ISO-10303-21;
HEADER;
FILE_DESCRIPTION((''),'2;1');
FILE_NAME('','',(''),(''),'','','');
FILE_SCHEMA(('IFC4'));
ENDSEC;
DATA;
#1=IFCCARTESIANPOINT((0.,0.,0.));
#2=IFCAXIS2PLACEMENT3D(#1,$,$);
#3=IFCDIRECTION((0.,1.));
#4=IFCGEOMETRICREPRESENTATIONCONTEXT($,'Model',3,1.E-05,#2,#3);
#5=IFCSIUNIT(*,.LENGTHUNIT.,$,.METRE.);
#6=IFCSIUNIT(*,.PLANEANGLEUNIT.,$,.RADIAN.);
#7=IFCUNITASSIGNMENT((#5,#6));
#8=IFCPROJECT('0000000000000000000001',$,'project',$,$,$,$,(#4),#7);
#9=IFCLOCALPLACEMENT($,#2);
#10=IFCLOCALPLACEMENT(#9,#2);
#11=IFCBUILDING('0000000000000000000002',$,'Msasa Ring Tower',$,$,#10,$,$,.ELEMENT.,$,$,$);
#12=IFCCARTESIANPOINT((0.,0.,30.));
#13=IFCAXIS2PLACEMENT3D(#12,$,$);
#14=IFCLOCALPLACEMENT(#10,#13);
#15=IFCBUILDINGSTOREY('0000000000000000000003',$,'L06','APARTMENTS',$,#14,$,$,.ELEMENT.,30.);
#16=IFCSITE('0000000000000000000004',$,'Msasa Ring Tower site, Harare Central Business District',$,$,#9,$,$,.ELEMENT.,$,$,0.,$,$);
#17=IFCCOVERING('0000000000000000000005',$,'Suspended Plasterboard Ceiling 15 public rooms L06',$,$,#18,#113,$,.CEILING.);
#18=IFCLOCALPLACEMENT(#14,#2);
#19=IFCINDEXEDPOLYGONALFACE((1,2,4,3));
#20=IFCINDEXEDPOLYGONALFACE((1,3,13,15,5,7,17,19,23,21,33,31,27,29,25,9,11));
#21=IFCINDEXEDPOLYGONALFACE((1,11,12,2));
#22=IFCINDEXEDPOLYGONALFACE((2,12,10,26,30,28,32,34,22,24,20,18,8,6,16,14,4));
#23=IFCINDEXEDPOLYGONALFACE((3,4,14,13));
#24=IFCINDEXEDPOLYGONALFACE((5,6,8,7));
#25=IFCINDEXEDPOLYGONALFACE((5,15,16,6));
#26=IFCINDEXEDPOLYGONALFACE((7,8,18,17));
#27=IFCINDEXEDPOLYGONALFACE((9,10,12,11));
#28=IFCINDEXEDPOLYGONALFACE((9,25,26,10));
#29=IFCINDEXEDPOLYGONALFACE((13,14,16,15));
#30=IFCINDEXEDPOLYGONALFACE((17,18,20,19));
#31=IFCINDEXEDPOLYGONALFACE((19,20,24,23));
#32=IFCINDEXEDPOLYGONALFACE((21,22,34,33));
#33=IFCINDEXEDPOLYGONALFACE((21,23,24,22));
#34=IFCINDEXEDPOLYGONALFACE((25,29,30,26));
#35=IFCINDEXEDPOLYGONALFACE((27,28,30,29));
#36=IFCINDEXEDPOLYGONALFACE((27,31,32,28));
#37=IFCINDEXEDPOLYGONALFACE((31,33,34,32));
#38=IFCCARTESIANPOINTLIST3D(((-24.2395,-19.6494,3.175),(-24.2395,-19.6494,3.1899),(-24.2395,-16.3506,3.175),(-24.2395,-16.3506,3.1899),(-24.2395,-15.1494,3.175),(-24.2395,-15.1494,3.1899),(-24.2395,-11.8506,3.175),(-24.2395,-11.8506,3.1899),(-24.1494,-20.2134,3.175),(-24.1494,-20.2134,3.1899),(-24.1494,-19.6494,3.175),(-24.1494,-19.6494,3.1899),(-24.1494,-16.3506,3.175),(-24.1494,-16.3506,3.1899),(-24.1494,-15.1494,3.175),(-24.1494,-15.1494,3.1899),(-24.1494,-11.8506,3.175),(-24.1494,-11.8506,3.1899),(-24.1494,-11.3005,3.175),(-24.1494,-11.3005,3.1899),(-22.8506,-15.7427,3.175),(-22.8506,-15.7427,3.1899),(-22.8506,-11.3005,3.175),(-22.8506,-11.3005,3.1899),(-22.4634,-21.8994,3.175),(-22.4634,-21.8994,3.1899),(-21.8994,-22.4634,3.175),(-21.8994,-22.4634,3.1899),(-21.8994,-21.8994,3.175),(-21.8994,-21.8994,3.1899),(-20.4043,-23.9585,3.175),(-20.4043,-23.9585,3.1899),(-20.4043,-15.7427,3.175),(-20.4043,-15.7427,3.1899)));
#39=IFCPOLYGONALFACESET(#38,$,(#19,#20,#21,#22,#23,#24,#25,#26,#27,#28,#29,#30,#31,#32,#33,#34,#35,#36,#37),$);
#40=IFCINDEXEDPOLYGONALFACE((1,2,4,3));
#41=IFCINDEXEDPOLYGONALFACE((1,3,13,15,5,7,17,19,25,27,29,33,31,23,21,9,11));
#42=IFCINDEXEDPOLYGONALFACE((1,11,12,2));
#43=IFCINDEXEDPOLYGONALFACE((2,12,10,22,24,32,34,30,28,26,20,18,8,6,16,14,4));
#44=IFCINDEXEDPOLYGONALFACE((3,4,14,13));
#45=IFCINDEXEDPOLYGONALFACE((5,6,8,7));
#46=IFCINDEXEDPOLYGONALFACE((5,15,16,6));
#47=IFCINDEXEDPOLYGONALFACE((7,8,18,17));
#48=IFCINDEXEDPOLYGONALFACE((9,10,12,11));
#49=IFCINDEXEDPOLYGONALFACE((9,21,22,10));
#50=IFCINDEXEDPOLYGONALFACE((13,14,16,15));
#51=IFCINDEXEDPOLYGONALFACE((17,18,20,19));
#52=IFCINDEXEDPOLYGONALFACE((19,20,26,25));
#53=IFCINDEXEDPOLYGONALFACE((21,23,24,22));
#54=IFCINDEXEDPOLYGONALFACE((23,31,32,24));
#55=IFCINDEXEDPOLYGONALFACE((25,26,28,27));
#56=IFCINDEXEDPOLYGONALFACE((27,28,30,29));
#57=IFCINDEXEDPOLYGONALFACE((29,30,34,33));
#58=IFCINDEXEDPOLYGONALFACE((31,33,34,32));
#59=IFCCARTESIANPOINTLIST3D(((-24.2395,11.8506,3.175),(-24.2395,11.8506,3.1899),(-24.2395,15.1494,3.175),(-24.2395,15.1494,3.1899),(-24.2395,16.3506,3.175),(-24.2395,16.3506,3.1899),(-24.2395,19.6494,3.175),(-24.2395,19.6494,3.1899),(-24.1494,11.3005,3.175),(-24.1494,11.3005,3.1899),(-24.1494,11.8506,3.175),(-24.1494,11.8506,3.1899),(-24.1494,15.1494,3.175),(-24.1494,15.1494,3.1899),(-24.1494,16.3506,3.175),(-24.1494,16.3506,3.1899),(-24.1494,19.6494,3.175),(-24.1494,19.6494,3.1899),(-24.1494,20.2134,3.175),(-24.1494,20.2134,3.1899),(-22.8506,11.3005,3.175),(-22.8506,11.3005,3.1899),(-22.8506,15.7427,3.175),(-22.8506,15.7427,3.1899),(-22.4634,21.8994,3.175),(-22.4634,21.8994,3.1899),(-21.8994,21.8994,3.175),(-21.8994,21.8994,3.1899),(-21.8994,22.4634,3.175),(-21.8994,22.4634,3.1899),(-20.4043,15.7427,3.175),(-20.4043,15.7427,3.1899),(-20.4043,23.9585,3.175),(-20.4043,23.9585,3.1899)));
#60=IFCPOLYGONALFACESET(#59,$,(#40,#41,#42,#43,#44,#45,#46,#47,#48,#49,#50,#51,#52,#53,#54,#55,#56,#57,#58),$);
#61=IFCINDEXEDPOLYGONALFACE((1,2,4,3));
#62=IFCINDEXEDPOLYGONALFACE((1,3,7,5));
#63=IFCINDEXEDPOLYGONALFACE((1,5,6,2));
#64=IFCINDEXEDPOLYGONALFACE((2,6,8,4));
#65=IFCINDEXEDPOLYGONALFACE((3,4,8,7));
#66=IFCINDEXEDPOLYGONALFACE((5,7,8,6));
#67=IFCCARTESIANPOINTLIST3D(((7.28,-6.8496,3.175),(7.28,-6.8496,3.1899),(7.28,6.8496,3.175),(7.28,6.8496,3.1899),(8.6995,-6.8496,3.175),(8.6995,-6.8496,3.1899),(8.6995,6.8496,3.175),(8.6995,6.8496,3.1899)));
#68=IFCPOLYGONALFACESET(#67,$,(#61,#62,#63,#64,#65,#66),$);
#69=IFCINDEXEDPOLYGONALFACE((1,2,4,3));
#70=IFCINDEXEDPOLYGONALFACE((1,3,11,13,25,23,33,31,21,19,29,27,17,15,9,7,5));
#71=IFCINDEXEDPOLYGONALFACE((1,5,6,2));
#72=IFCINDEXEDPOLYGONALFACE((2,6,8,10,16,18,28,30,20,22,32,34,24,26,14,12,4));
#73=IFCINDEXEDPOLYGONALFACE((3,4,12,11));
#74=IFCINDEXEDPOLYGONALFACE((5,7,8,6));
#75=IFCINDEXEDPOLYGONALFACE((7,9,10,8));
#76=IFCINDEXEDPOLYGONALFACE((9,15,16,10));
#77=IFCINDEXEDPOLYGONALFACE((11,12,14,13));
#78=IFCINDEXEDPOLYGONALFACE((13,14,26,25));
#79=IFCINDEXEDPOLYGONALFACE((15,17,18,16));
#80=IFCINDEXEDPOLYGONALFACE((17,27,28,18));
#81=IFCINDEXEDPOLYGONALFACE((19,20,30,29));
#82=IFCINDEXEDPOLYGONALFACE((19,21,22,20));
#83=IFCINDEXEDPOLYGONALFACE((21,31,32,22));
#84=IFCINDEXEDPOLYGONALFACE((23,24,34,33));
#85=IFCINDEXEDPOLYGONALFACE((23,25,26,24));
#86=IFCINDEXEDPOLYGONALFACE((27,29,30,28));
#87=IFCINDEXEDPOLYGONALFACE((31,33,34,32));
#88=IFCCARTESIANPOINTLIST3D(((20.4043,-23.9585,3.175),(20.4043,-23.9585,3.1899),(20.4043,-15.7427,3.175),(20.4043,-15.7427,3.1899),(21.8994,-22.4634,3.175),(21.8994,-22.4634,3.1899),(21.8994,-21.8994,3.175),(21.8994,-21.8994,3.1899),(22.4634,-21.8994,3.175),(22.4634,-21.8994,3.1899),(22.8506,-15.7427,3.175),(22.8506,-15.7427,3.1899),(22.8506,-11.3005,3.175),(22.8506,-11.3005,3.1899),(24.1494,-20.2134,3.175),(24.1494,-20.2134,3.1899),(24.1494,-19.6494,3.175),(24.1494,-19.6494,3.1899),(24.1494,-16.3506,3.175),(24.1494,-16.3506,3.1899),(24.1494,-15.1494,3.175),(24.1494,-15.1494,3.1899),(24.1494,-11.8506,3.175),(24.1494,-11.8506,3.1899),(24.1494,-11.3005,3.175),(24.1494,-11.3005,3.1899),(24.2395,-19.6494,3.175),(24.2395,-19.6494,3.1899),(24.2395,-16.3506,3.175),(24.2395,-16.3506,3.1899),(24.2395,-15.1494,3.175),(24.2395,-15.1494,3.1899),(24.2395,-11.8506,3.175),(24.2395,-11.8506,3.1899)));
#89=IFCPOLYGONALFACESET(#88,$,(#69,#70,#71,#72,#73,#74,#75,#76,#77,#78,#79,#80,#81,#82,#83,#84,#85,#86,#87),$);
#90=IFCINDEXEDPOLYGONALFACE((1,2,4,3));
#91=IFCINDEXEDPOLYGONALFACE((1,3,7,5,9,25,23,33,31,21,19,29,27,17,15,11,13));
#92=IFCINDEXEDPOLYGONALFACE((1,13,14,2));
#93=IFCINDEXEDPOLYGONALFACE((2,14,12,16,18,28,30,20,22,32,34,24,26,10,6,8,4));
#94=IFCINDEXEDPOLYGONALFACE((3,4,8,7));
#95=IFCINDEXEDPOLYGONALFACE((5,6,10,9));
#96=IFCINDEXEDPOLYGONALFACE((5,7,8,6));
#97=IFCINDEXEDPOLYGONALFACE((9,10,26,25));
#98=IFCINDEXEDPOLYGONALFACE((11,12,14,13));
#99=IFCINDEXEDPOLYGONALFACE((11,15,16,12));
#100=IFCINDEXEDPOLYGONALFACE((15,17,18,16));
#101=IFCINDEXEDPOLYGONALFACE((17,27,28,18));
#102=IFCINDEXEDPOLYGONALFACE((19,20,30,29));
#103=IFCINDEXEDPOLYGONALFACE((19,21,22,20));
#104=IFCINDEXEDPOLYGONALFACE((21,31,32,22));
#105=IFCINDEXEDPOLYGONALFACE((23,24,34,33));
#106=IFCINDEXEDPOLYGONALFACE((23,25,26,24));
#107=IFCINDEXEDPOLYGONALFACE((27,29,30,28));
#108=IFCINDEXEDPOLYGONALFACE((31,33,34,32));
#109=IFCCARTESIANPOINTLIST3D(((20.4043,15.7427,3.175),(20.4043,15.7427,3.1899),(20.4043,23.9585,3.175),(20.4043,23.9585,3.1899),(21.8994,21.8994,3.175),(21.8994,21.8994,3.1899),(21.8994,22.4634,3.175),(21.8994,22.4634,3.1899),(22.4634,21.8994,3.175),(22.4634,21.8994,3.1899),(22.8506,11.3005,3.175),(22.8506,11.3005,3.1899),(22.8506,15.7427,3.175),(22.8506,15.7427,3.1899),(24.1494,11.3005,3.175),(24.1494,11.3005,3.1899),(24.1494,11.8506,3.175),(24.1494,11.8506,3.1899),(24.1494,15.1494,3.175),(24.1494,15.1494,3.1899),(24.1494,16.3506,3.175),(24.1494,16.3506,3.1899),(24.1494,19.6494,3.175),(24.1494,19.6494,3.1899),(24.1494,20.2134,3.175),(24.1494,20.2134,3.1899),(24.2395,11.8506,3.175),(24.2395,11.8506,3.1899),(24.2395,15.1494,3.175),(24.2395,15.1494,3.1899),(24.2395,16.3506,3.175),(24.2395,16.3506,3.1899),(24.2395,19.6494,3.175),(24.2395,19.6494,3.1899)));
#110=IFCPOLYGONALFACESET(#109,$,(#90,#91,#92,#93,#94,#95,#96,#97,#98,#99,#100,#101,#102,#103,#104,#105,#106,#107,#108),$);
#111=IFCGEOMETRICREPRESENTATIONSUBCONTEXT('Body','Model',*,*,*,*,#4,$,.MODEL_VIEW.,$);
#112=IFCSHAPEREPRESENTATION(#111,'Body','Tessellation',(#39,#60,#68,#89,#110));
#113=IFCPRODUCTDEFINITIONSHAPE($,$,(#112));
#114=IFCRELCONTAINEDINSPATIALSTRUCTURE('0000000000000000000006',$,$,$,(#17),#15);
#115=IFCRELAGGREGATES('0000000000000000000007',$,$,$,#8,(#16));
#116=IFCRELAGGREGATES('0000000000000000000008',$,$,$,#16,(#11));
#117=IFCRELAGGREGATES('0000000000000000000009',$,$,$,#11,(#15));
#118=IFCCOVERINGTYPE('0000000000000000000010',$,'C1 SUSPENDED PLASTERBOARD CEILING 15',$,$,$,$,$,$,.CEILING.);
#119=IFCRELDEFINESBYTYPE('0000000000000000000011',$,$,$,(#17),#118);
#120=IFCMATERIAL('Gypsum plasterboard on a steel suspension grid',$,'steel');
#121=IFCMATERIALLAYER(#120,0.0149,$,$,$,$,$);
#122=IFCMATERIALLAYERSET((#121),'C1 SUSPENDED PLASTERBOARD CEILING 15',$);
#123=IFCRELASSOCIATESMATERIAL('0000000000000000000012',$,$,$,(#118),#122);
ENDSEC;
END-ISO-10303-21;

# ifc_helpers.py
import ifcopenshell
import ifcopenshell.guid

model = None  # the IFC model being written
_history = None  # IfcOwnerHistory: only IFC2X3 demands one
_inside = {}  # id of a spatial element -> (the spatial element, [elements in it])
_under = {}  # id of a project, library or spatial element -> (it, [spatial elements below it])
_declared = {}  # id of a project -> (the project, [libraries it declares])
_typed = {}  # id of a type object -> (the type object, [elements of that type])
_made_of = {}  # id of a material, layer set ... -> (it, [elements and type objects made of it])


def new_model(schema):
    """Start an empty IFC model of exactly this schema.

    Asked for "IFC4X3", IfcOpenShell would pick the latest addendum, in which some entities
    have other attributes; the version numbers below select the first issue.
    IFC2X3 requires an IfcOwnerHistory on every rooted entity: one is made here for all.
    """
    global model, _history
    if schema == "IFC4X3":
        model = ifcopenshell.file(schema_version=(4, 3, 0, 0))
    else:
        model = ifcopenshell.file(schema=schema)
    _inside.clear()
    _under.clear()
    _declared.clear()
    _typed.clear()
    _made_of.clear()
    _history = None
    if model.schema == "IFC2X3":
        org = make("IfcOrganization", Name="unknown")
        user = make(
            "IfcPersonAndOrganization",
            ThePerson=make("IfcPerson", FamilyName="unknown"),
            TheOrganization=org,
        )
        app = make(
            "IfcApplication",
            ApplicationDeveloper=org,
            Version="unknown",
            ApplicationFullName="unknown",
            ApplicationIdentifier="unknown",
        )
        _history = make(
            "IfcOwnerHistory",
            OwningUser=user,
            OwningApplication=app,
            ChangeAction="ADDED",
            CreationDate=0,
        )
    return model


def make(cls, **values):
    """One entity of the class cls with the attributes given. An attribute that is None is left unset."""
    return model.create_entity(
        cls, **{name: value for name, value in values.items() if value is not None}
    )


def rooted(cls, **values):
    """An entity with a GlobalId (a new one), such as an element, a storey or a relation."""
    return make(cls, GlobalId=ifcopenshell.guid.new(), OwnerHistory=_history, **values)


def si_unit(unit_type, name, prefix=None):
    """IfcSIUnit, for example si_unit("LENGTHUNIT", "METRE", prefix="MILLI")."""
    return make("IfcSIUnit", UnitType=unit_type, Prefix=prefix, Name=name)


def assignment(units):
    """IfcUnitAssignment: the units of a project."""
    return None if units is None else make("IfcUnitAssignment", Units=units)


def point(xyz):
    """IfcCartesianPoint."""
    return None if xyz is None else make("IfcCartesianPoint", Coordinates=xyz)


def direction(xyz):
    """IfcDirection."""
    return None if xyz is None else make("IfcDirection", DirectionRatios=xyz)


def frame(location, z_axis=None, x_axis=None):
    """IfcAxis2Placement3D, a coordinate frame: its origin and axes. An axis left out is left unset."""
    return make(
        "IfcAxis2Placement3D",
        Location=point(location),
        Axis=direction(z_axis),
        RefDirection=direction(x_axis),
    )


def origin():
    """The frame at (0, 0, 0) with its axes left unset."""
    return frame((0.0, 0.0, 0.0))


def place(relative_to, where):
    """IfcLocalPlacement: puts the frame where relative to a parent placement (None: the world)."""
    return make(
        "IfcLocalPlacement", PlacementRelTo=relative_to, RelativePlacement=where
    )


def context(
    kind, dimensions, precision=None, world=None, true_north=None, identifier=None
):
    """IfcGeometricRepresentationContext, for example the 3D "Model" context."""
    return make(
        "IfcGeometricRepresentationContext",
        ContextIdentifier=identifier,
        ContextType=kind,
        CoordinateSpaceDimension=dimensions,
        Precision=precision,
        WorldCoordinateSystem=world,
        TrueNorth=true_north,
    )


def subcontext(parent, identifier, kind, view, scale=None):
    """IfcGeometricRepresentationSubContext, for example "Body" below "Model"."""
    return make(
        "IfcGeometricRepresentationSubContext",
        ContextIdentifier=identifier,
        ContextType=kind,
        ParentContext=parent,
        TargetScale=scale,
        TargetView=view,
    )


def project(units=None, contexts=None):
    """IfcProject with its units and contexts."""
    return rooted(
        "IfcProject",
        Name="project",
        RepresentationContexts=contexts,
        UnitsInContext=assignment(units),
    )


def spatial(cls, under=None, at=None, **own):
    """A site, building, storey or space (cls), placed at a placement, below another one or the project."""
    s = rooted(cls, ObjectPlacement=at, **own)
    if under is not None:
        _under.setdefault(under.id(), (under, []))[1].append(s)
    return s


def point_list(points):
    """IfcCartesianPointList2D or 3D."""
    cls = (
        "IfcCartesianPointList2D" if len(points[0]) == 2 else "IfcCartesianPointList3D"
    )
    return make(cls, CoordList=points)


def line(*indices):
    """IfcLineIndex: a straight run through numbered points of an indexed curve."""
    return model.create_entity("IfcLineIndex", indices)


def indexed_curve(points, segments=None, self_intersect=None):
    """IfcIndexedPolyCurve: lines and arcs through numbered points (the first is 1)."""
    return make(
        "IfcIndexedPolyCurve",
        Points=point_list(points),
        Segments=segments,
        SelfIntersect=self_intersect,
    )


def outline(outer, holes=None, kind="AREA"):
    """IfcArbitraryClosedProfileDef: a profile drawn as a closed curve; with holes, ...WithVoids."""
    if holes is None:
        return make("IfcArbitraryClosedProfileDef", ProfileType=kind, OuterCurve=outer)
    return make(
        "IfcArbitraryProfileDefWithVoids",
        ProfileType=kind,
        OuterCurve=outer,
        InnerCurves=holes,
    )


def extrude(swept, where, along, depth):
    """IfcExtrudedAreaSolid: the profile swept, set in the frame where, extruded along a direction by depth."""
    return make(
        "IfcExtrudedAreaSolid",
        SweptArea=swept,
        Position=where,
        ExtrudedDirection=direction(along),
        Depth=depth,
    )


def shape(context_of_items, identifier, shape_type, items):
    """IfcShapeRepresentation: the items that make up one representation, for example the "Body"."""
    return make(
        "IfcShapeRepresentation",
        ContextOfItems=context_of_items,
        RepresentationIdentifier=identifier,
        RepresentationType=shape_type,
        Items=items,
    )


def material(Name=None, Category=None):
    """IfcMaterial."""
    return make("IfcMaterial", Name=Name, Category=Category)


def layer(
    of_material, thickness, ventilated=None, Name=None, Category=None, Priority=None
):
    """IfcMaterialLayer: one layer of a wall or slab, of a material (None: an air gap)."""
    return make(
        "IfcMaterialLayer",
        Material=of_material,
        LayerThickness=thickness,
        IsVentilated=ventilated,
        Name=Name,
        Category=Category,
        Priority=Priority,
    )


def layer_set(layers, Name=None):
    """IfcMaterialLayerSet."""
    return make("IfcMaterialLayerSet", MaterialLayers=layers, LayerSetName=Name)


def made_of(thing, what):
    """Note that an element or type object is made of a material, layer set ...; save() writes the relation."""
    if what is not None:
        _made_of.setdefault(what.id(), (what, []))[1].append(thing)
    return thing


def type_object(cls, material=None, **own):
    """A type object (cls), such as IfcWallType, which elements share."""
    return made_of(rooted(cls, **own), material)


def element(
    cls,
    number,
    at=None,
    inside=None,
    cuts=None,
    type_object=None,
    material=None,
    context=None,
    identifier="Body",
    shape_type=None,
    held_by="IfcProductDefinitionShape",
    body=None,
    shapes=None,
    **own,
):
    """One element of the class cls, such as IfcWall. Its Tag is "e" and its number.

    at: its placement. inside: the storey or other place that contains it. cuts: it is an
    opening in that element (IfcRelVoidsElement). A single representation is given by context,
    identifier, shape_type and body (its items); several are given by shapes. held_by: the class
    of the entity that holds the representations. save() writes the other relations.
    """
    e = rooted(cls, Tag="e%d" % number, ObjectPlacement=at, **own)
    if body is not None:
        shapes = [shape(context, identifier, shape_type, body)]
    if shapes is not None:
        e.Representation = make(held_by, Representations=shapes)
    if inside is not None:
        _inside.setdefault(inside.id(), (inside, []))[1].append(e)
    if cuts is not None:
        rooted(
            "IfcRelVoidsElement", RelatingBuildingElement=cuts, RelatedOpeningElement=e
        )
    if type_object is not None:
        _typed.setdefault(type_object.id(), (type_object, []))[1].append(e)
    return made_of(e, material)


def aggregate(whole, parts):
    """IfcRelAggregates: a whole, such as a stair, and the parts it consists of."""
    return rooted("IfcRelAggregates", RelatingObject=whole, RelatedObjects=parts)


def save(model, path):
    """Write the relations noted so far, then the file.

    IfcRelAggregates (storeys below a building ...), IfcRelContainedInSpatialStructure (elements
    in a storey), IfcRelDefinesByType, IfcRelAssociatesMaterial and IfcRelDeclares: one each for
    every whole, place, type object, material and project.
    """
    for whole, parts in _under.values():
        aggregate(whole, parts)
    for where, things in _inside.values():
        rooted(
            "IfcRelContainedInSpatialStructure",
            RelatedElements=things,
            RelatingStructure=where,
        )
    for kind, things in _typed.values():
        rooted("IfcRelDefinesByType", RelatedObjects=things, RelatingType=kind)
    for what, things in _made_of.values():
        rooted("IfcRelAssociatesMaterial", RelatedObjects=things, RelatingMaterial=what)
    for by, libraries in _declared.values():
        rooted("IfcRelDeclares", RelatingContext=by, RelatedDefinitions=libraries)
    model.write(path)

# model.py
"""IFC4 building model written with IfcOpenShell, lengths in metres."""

from ifc_helpers import new_model, si_unit, direction, frame, origin, place, context, subcontext, project, spatial, line, indexed_curve, outline, extrude, material, layer, layer_set, type_object, element, save


model = new_model("IFC4")

# Units and contexts
model_context = context("Model", 3, precision=1e-05, world=origin(), true_north=direction((0.0, 1.0)))
body_context = subcontext(model_context, "Body", "Model", "MODEL_VIEW")
ifc_project = project(units=[si_unit("LENGTHUNIT", "METRE"), si_unit("PLANEANGLEUNIT", "RADIAN")], contexts=[model_context])

# Site, building, storey
site_placement = place(None, origin())
site = spatial("IfcSite", under=ifc_project, at=site_placement, Name="Msasa Ring Tower site, Harare Central Business District", CompositionType="ELEMENT", RefElevation=0.0)
building_placement = place(site_placement, origin())
building = spatial("IfcBuilding", under=site, at=building_placement, Name="Msasa Ring Tower", CompositionType="ELEMENT")
storey_placement = place(building_placement, frame((0.0, 0.0, 30.0)))
storey = spatial("IfcBuildingStorey", under=building, at=storey_placement, Name="L06", Description="APARTMENTS", CompositionType="ELEMENT", Elevation=30.0)

# Covering
ifc_material_1 = material(Name="Gypsum plasterboard on a steel suspension grid", Category="steel")
ifc_layer_1 = layer(ifc_material_1, 0.0149)
ifc_layer_set_1 = layer_set([ifc_layer_1], Name="C1 SUSPENDED PLASTERBOARD CEILING 15")
covering_type_1 = type_object("IfcCoveringType", Name="C1 SUSPENDED PLASTERBOARD CEILING 15", PredefinedType="CEILING", material=ifc_layer_set_1)
covering_1_placement = place(storey_placement, frame((0.0, 0.0, 3.175)))
element("IfcCovering", 1, at=covering_1_placement, inside=storey, type_object=covering_type_1, Name="Suspended Plasterboard Ceiling 15 public rooms L06", PredefinedType="CEILING", context=body_context, shape_type="SweptSolid", body=[
    extrude(outline(indexed_curve([(-20.4043, -15.7427), (-20.4043, -23.9585), (-21.8994, -22.4634), (-21.8994, -21.8994), (-22.4634, -21.8994), (-24.1494, -20.2134), (-24.1494, -19.6494), (-24.2395, -19.6494), (-24.2395, -16.3506), (-24.1494, -16.3506), (-24.1494, -15.1494), (-24.2395, -15.1494), (-24.2395, -11.8506), (-24.1494, -11.8506), (-24.1494, -11.3005), (-22.8506, -11.3005), (-22.8506, -15.7427)], segments=[line(1, 2, 3, 4, 5, 6, 7, 8, 9, 10, 11, 12, 13, 14, 15, 16, 17, 1)], self_intersect=False)), origin(), (0.0, 0.0, 1.0), 0.0149),
    extrude(outline(indexed_curve([(-22.8506, 11.3005), (-24.1494, 11.3005), (-24.1494, 11.8506), (-24.2395, 11.8506), (-24.2395, 15.1494), (-24.1494, 15.1494), (-24.1494, 16.3506), (-24.2395, 16.3506), (-24.2395, 19.6494), (-24.1494, 19.6494), (-24.1494, 20.2134), (-22.4634, 21.8994), (-21.8994, 21.8994), (-21.8994, 22.4634), (-20.4043, 23.9585), (-20.4043, 15.7427), (-22.8506, 15.7427)], segments=[line(1, 2, 3, 4, 5, 6, 7, 8, 9, 10, 11, 12, 13, 14, 15, 16, 17, 1)], self_intersect=False)), origin(), (0.0, 0.0, 1.0), 0.0149),
    extrude(outline(indexed_curve([(8.6995, -6.8496), (7.28, -6.8496), (7.28, 6.8496), (8.6995, 6.8496)], segments=[line(1, 2, 3, 4, 1)], self_intersect=False)), origin(), (0.0, 0.0, 1.0), 0.0149),
    extrude(outline(indexed_curve([(22.8506, -15.7427), (22.8506, -11.3005), (24.1494, -11.3005), (24.1494, -11.8506), (24.2395, -11.8506), (24.2395, -15.1494), (24.1494, -15.1494), (24.1494, -16.3506), (24.2395, -16.3506), (24.2395, -19.6494), (24.1494, -19.6494), (24.1494, -20.2134), (22.4634, -21.8994), (21.8994, -21.8994), (21.8994, -22.4634), (20.4043, -23.9585), (20.4043, -15.7427)], segments=[line(1, 2, 3, 4, 5, 6, 7, 8, 9, 10, 11, 12, 13, 14, 15, 16, 17, 1)], self_intersect=False)), origin(), (0.0, 0.0, 1.0), 0.0149),
    extrude(outline(indexed_curve([(21.8994, 22.4634), (21.8994, 21.8994), (22.4634, 21.8994), (24.1494, 20.2134), (24.1494, 19.6494), (24.2395, 19.6494), (24.2395, 16.3506), (24.1494, 16.3506), (24.1494, 15.1494), (24.2395, 15.1494), (24.2395, 11.8506), (24.1494, 11.8506), (24.1494, 11.3005), (22.8506, 11.3005), (22.8506, 15.7427), (20.4043, 15.7427), (20.4043, 23.9585)], segments=[line(1, 2, 3, 4, 5, 6, 7, 8, 9, 10, 11, 12, 13, 14, 15, 16, 17, 1)], self_intersect=False)), origin(), (0.0, 0.0, 1.0), 0.0149),
])

save(model, "model.ifc")
